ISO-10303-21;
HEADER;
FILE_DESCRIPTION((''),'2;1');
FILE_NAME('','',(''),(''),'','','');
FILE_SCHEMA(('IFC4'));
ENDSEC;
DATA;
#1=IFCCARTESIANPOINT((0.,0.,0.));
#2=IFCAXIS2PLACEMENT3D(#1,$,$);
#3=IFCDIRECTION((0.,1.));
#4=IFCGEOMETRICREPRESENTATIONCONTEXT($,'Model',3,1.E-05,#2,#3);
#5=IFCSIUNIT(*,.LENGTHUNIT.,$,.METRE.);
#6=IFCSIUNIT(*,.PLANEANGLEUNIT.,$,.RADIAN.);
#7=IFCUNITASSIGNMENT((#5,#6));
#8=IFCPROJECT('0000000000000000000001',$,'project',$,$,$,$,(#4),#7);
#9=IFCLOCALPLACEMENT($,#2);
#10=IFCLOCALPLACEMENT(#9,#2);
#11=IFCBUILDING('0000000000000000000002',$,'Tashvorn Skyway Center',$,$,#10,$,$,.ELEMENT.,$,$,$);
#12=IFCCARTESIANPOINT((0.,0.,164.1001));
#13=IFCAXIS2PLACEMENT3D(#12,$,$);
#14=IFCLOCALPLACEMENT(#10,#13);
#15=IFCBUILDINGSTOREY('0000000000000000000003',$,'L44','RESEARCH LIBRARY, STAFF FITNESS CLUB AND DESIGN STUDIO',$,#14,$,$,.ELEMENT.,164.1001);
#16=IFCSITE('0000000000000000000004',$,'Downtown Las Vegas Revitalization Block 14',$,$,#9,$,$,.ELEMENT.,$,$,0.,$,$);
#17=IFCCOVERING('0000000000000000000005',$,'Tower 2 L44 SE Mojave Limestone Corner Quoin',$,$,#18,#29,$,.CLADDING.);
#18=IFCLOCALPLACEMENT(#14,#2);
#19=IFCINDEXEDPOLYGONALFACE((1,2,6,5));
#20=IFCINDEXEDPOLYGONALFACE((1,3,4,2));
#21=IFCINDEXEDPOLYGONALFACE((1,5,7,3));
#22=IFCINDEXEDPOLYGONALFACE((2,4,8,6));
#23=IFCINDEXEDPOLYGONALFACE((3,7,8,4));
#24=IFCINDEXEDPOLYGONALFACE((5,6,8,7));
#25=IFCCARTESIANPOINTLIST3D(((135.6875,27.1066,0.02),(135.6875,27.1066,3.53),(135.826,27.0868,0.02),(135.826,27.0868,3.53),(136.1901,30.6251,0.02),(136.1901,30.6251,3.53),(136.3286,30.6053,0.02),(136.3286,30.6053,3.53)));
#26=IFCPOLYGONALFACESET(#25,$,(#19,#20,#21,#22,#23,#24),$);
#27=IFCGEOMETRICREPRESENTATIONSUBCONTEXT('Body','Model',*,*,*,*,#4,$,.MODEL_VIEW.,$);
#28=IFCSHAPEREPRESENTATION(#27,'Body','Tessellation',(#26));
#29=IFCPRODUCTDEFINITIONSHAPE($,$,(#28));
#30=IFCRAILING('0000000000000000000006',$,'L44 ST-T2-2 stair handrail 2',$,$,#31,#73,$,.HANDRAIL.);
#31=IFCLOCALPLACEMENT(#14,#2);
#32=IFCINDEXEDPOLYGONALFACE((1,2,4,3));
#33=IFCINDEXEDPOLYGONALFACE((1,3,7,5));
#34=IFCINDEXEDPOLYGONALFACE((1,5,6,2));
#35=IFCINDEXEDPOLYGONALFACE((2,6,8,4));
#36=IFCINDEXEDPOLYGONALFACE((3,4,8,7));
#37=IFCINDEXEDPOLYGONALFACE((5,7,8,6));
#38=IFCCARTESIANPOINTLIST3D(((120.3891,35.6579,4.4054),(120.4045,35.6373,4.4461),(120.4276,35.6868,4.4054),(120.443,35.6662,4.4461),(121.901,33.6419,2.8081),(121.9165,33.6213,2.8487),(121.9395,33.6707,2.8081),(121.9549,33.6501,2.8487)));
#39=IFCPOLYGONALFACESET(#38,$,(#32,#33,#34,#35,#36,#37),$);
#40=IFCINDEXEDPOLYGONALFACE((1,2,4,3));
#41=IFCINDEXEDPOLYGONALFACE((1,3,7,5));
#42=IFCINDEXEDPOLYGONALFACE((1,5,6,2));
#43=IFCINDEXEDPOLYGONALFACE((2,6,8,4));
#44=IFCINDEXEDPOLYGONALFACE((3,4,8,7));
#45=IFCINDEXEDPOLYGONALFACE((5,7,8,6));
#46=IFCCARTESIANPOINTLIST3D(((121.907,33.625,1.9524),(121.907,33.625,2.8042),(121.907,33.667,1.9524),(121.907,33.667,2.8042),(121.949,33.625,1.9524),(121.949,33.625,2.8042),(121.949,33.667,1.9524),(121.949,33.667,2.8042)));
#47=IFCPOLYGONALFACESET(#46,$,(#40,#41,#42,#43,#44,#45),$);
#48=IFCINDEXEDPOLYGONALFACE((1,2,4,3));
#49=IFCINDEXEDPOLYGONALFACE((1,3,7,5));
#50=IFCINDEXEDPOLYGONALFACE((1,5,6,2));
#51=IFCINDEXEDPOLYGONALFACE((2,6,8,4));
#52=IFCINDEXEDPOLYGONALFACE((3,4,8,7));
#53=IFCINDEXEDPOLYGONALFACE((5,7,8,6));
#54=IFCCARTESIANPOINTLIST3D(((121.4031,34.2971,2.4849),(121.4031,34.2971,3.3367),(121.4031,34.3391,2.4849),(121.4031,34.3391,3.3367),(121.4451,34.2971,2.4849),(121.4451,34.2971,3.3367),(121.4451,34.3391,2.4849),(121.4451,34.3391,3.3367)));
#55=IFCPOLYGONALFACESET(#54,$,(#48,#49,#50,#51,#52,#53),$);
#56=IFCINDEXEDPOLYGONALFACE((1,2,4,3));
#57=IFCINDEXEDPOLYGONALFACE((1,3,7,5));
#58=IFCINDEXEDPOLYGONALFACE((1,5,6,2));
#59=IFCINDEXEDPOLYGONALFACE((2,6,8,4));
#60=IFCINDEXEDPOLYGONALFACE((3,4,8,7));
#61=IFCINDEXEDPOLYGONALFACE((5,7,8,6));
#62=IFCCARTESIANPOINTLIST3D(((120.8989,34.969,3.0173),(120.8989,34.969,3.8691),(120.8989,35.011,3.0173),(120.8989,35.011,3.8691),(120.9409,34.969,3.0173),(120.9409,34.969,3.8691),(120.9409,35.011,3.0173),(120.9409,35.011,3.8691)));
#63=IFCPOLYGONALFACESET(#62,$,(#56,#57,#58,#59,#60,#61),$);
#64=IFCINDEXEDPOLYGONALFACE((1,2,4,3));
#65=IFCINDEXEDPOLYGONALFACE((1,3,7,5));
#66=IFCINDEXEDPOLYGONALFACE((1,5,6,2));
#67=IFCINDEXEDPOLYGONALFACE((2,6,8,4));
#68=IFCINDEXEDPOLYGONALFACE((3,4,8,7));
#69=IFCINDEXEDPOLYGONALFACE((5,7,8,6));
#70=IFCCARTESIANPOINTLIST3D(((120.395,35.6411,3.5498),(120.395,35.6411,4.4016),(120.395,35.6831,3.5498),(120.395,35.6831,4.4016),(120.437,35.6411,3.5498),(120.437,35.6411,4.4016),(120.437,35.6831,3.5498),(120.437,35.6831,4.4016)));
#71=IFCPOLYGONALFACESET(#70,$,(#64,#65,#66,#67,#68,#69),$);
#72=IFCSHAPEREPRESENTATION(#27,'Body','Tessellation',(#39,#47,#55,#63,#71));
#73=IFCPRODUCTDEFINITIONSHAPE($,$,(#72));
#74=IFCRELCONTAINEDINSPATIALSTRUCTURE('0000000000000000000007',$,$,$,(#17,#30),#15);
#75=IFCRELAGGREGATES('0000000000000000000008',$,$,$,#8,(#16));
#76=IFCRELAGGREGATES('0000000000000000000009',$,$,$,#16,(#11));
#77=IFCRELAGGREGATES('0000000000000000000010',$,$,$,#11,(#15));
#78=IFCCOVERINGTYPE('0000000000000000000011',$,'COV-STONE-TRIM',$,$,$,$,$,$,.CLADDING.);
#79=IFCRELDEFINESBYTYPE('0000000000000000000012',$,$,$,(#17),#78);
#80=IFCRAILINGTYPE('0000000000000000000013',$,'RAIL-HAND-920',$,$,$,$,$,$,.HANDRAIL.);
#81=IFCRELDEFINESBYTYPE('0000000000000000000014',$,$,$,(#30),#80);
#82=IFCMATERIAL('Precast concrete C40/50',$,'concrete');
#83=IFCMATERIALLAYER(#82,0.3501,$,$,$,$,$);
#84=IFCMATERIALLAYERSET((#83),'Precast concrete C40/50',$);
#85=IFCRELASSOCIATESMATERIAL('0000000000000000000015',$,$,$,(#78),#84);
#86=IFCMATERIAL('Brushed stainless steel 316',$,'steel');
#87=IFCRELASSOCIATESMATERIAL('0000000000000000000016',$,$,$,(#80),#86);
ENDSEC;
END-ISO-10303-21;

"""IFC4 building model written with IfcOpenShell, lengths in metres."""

from ifc_helpers import new_model, si_unit, direction, frame, origin, origin_2d, place, context, subcontext, project, spatial, rectangle, extrude, material, layer, layer_set, type_object, element, save


model = new_model("IFC4")

# Units and contexts
model_context = context("Model", 3, precision=1e-05, world=origin(), true_north=direction((0.0, 1.0)))
body_context = subcontext(model_context, "Body", "Model", "MODEL_VIEW")
ifc_project = project(units=[si_unit("LENGTHUNIT", "METRE"), si_unit("PLANEANGLEUNIT", "RADIAN")], contexts=[model_context])

# Site, building, storey
site_placement = place(None, origin())
site = spatial("IfcSite", under=ifc_project, at=site_placement, Name="Downtown Las Vegas Revitalization Block 14", CompositionType="ELEMENT", RefElevation=0.0)
building_placement = place(site_placement, origin())
building = spatial("IfcBuilding", under=site, at=building_placement, Name="Tashvorn Skyway Center", CompositionType="ELEMENT")
storey_placement = place(building_placement, frame((0.0, 0.0, 164.1001)))
storey = spatial("IfcBuildingStorey", under=building, at=storey_placement, Name="L44", Description="RESEARCH LIBRARY, STAFF FITNESS CLUB AND DESIGN STUDIO", CompositionType="ELEMENT", Elevation=164.1001)

# Shared definitions
ifc_material_1 = material(Name="Precast concrete C40/50", Category="concrete")

# Covering
ifc_layer_1 = layer(ifc_material_1, 0.3501)
ifc_layer_set_1 = layer_set([ifc_layer_1], Name="Precast concrete C40/50")
covering_type_1 = type_object("IfcCoveringType", Name="COV-STONE-TRIM", PredefinedType="CLADDING", material=ifc_layer_set_1)
covering_placement = place(storey_placement, frame((136.0081, 28.856, 0.02), z_axis=(0.0, 0.0, 1.0), x_axis=(0.141421, 0.989949, 0.0)))
element("IfcCovering", 1, at=covering_placement, inside=storey, type_object=covering_type_1, Name="Tower 2 L44 SE Mojave Limestone Corner Quoin", PredefinedType="CLADDING", context=body_context, shape_type="SweptSolid", body=[
    extrude(rectangle(XDim=3.5542, YDim=0.1399, at=origin_2d()), origin(), (0.0, 0.0, 1.0), 3.51),
])

# Railing
ifc_material_2 = material(Name="Brushed stainless steel 316", Category="steel")
railing_type = type_object("IfcRailingType", Name="RAIL-HAND-920", PredefinedType="HANDRAIL", material=ifc_material_2)
railing_placement = place(storey_placement, frame((121.928, 33.646, 1.9524)))
element("IfcRailing", 2, at=railing_placement, inside=storey, type_object=railing_type, Name="L44 ST-T2-2 stair handrail 2", PredefinedType="HANDRAIL", context=body_context, shape_type="SweptSolid", body=[
    extrude(rectangle(XDim=0.0481, YDim=0.0481, at=origin_2d()), frame((0.0, 0.0, 0.876), z_axis=(-0.506741, 0.675709, 0.535379), x_axis=(-0.800023, -0.599969, 0.0)), (0.0, 0.0, 1.0), 2.9836),
    extrude(rectangle(XDim=0.042, YDim=0.042, at=origin_2d()), origin(), (0.0, 0.0, 1.0), 0.8518),
    extrude(rectangle(XDim=0.042, YDim=0.042, at=origin_2d()), frame((-0.5039, 0.6721, 0.5325)), (0.0, 0.0, 1.0), 0.8518),
    extrude(rectangle(XDim=0.042, YDim=0.042, at=origin_2d()), frame((-1.0081, 1.344, 1.0649)), (0.0, 0.0, 1.0), 0.8518),
    extrude(rectangle(XDim=0.042, YDim=0.042, at=origin_2d()), frame((-1.512, 2.0161, 1.5974)), (0.0, 0.0, 1.0), 0.8518),
])

save(model, "model.ifc")
